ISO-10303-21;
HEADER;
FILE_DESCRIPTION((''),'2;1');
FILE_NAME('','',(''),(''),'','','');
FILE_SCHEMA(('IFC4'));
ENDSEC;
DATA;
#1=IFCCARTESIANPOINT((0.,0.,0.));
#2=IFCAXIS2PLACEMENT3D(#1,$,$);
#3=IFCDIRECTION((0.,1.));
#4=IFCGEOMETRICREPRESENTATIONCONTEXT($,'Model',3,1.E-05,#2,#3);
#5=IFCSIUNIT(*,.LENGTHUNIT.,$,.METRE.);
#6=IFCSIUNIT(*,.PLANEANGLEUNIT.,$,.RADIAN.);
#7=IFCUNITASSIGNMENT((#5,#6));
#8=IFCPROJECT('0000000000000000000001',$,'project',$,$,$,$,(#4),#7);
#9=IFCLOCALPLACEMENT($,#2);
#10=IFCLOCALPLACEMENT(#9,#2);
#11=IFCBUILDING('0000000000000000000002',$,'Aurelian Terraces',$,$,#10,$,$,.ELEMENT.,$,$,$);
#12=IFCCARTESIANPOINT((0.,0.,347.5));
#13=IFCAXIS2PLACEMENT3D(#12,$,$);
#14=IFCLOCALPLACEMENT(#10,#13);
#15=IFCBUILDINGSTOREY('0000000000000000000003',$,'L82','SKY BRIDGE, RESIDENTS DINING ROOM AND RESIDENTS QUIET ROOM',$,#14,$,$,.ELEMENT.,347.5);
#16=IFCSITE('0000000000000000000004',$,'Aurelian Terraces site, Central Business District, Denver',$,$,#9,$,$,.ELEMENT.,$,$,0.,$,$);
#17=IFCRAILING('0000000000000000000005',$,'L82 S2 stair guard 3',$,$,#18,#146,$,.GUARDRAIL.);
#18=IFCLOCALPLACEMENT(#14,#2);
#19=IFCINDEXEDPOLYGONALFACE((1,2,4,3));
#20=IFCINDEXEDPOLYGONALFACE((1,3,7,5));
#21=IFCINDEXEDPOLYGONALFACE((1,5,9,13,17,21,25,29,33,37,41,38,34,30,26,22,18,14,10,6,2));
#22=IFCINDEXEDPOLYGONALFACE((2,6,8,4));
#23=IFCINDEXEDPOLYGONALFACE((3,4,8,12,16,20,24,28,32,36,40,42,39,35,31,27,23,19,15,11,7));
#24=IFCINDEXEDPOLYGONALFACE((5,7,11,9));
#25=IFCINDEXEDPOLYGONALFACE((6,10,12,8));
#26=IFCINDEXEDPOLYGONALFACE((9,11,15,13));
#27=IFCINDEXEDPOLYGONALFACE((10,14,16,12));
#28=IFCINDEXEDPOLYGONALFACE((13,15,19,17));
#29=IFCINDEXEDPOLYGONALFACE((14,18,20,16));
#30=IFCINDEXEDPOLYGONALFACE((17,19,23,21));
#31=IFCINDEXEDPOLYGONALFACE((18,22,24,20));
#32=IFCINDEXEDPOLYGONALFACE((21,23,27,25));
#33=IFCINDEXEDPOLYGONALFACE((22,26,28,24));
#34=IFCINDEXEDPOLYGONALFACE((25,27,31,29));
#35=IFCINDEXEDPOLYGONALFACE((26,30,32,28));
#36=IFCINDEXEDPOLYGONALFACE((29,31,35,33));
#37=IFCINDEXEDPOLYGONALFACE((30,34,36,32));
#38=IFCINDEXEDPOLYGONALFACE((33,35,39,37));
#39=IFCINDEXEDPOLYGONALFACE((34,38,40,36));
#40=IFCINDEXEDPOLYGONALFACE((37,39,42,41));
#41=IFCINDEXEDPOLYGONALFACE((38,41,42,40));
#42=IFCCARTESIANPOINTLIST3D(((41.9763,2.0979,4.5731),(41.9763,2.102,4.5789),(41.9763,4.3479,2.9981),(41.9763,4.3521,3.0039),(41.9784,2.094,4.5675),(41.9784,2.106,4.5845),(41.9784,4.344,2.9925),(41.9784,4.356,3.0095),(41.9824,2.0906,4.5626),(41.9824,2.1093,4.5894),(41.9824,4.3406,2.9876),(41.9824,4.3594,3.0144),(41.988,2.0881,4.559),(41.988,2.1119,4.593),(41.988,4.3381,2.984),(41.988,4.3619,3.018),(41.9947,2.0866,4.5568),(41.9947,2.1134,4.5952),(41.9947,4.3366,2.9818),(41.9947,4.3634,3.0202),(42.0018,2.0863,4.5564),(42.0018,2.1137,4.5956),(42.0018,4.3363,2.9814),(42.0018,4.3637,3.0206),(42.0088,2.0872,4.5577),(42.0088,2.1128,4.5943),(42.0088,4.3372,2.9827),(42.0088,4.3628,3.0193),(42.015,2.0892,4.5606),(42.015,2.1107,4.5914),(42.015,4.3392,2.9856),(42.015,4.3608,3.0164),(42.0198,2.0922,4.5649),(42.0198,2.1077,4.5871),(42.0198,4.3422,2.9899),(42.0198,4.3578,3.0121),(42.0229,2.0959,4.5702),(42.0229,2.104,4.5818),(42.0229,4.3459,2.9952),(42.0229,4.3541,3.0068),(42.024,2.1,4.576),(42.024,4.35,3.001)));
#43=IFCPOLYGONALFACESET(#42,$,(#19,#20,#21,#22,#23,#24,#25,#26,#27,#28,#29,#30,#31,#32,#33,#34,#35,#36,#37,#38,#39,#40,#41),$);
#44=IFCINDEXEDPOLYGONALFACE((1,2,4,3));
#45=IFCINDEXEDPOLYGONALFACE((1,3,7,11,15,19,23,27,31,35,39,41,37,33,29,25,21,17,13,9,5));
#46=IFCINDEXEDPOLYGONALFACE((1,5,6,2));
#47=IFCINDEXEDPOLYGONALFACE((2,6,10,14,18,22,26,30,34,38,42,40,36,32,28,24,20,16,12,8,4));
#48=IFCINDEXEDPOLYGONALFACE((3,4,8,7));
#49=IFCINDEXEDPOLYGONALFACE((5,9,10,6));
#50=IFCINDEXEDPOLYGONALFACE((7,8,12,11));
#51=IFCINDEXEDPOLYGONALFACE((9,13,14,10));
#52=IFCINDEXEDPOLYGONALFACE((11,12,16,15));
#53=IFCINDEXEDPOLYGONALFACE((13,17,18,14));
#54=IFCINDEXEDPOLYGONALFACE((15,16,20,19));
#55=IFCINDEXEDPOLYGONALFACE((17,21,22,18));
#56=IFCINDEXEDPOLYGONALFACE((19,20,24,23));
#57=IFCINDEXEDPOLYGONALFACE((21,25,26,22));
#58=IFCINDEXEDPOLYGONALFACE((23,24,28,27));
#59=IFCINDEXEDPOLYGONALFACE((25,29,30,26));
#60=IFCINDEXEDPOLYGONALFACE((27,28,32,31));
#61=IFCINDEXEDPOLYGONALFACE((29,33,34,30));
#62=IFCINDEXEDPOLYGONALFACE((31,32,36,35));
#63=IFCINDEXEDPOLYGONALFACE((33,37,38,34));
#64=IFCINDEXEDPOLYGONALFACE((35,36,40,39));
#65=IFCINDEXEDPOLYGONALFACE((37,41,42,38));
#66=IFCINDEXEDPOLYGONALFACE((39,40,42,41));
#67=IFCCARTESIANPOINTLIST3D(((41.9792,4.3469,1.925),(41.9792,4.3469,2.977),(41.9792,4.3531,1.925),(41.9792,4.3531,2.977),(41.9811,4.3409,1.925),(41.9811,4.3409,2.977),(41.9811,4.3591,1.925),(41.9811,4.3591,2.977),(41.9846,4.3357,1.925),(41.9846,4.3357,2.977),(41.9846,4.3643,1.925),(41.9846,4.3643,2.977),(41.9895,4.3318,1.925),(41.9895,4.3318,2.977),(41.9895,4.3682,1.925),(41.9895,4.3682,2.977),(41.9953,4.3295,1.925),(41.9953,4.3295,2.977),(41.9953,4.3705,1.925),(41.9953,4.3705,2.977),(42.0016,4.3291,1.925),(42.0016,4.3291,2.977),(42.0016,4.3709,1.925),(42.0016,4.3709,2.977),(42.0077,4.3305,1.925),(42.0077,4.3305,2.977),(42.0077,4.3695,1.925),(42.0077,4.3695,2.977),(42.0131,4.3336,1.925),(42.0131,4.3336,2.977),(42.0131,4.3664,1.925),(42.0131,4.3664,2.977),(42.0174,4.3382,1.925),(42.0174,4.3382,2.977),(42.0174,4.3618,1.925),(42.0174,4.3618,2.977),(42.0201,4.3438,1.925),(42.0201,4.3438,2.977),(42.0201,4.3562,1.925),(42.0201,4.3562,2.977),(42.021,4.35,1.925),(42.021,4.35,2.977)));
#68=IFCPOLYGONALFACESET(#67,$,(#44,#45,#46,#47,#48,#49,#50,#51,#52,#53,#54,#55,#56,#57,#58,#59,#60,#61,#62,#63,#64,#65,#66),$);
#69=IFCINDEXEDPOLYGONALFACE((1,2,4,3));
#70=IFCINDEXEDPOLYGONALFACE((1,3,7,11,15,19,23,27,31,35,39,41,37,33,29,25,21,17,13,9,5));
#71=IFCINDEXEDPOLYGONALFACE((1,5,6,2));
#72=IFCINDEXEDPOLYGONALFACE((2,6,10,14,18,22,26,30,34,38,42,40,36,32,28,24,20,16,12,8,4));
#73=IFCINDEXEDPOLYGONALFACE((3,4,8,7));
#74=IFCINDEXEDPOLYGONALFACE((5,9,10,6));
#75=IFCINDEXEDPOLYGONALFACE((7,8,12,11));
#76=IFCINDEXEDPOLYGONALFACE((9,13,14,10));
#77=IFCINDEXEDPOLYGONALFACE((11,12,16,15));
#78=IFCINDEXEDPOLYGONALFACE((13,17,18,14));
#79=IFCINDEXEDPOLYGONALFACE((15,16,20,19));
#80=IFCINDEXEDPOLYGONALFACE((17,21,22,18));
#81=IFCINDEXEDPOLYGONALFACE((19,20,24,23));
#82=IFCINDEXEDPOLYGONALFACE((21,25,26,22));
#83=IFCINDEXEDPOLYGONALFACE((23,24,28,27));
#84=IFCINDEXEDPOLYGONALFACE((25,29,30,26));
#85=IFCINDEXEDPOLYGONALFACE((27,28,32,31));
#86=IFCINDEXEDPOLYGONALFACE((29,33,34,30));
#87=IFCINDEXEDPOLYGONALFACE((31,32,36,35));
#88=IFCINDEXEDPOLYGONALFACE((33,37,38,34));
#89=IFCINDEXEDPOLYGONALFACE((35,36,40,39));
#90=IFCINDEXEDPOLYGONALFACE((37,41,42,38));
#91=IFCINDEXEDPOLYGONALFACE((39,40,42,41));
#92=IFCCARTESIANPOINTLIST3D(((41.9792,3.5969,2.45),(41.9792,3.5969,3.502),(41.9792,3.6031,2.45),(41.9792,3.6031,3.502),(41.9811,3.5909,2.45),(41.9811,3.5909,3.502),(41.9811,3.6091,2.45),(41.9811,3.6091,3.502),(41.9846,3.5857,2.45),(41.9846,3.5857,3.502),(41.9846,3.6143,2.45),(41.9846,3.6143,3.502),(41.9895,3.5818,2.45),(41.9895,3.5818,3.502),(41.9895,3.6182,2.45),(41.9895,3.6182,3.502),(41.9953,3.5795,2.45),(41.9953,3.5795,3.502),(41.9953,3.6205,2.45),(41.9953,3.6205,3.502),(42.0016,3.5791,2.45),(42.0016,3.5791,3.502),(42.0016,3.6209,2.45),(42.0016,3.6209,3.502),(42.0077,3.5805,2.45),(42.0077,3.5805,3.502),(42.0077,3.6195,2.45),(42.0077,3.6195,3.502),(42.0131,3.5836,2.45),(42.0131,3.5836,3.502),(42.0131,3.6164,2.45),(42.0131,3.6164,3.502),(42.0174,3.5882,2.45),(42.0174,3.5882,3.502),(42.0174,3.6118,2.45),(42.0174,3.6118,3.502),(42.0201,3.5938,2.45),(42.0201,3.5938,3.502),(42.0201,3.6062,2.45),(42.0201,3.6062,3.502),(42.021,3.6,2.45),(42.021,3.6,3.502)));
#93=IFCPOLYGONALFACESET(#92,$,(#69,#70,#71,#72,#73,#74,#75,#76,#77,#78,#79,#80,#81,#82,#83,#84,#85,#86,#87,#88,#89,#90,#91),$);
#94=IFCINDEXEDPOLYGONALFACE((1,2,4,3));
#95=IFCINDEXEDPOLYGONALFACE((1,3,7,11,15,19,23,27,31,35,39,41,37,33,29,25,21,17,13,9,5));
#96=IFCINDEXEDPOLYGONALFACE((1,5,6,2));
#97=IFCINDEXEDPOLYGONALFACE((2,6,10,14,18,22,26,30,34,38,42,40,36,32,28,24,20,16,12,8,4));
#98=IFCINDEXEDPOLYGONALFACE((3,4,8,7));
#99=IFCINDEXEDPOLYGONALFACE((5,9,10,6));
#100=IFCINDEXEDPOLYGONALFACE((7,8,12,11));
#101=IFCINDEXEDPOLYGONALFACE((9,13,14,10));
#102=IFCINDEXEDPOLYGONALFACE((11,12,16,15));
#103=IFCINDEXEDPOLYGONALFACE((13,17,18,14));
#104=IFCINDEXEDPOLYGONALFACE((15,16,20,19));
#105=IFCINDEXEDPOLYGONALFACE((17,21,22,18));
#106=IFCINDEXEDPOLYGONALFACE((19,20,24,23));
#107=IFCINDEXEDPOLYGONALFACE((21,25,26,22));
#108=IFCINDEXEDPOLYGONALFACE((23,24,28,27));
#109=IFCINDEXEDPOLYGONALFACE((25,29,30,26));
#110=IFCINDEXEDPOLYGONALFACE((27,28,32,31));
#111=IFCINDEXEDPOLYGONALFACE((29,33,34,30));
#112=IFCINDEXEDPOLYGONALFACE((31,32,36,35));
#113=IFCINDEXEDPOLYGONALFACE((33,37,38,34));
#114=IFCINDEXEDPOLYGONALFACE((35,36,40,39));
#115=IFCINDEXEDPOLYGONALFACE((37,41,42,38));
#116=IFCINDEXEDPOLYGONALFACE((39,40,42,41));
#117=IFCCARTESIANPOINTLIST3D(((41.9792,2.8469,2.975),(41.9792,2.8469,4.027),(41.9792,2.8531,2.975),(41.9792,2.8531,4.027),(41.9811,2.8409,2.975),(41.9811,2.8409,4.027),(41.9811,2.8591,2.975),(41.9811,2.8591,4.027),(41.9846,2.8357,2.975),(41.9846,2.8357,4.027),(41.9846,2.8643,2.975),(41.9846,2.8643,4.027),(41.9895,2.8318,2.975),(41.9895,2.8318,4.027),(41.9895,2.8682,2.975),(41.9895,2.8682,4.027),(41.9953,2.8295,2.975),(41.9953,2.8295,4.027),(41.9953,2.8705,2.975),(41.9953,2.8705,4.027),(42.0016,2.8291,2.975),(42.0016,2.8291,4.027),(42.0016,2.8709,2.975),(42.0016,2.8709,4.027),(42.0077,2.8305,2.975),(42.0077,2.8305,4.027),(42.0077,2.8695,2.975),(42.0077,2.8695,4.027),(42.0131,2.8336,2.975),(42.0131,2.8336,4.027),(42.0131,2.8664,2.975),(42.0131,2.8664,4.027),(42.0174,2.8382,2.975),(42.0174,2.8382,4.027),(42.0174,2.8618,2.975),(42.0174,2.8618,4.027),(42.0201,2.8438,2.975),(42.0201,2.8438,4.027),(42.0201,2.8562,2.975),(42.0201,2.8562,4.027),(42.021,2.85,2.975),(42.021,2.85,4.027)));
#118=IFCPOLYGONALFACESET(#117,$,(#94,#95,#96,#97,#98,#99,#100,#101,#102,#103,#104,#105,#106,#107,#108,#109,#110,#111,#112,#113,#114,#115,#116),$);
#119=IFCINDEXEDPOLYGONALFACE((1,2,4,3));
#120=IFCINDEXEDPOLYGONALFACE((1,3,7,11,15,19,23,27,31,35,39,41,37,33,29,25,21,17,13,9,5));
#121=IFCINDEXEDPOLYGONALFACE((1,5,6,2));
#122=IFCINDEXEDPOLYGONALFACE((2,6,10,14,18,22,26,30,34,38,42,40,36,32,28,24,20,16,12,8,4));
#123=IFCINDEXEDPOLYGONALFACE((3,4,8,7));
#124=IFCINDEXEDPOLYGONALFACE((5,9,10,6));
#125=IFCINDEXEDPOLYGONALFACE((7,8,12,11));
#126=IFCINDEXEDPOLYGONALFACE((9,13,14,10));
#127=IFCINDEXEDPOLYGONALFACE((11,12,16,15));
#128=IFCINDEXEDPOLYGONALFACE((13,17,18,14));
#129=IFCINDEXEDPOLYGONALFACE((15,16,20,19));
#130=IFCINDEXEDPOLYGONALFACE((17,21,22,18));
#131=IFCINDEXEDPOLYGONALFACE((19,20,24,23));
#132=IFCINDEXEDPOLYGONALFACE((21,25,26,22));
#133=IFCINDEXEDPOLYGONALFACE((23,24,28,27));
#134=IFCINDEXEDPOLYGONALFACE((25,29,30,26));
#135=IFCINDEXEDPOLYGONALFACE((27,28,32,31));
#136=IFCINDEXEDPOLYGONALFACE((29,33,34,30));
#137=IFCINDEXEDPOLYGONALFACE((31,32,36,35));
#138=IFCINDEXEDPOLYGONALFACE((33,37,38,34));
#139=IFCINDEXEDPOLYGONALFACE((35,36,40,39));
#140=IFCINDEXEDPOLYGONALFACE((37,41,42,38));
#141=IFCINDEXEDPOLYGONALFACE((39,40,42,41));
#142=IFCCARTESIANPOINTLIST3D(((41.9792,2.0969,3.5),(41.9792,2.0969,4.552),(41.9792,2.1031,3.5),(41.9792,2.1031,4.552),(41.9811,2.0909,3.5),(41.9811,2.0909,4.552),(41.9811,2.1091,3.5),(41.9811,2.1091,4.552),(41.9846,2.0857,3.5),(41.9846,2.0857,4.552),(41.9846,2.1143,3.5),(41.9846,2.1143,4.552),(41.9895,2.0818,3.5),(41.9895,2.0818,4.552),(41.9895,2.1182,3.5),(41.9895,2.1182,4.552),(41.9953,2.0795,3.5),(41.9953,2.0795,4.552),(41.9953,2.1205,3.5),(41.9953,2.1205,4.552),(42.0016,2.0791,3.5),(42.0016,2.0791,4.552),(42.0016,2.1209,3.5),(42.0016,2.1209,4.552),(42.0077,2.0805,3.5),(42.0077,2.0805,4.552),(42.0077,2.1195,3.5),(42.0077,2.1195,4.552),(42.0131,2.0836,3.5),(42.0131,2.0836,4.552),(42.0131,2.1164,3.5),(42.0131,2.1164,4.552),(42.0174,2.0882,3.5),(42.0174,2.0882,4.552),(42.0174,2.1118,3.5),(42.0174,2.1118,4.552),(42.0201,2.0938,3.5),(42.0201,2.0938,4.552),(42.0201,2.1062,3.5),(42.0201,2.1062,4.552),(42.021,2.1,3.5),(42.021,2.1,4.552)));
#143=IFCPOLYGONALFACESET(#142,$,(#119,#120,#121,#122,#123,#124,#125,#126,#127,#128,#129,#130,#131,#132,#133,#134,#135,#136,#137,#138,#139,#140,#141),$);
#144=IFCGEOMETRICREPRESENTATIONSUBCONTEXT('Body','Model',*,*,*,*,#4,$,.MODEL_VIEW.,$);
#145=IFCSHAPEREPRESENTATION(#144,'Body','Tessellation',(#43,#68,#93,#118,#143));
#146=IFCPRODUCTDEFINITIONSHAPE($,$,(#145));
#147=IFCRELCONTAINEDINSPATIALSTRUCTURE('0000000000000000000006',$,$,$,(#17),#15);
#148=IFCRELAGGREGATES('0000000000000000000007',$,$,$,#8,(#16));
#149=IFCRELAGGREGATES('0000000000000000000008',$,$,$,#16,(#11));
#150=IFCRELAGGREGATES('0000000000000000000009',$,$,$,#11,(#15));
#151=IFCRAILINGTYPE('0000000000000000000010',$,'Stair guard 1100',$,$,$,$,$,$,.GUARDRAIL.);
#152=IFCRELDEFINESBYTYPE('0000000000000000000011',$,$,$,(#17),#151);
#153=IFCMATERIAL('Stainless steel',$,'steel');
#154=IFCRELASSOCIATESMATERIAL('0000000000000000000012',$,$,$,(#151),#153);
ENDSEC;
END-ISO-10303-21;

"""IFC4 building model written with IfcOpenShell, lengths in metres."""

from ifc_helpers import new_model, si_unit, direction, frame, origin, origin_2d, place, context, subcontext, project, spatial, circle, extrude, source, transform, mapped, material, type_object, element, save


model = new_model("IFC4")

# Units and contexts
model_context = context("Model", 3, precision=1e-05, world=origin(), true_north=direction((0.0, 1.0)))
body_context = subcontext(model_context, "Body", "Model", "MODEL_VIEW")
ifc_project = project(units=[si_unit("LENGTHUNIT", "METRE"), si_unit("PLANEANGLEUNIT", "RADIAN")], contexts=[model_context])

# Site, building, storey
site_placement = place(None, origin())
site = spatial("IfcSite", under=ifc_project, at=site_placement, Name="Aurelian Terraces site, Central Business District, Denver", CompositionType="ELEMENT", RefElevation=0.0)
building_placement = place(site_placement, origin())
building = spatial("IfcBuilding", under=site, at=building_placement, Name="Aurelian Terraces", CompositionType="ELEMENT")
storey_placement = place(building_placement, frame((0.0, 0.0, 347.5)))
storey = spatial("IfcBuildingStorey", under=building, at=storey_placement, Name="L82", Description="SKY BRIDGE, RESIDENTS DINING ROOM AND RESIDENTS QUIET ROOM", CompositionType="ELEMENT", Elevation=347.5)

# Railing
ifc_material_1 = material(Name="Stainless steel", Category="steel")
railing_type_1 = type_object("IfcRailingType", Name="Stair guard 1100", PredefinedType="GUARDRAIL", material=ifc_material_1)
shared_shape_1 = source(origin(), body_context, "Body", "SweptSolid", [
    extrude(circle(Radius=0.024, at=origin_2d()), frame((0.0, 0.0, 1.076), z_axis=(0.0, -0.819232, 0.573462), x_axis=(1.0, 0.0, 0.0)), (0.0, 0.0, 1.0), 2.7465),
    extrude(circle(Radius=0.021, at=origin_2d()), origin(), (0.0, 0.0, 1.0), 1.052),
    extrude(circle(Radius=0.021, at=origin_2d()), frame((0.0, -0.75, 0.525)), (0.0, 0.0, 1.0), 1.052),
    extrude(circle(Radius=0.021, at=origin_2d()), frame((0.0, -1.5, 1.05)), (0.0, 0.0, 1.0), 1.052),
    extrude(circle(Radius=0.021, at=origin_2d()), frame((0.0, -2.25, 1.575)), (0.0, 0.0, 1.0), 1.052),
])
railing_1_placement = place(storey_placement, frame((42.0, 4.35, 1.925)))
element("IfcRailing", 1, at=railing_1_placement, inside=storey, type_object=railing_type_1, Name="L82 S2 stair guard 3", PredefinedType="GUARDRAIL", context=body_context, shape_type="MappedRepresentation", body=[
    mapped(shared_shape_1, transform((0.0, 0.0, 0.0), scale=1.0)),
])

save(model, "model.ifc")
